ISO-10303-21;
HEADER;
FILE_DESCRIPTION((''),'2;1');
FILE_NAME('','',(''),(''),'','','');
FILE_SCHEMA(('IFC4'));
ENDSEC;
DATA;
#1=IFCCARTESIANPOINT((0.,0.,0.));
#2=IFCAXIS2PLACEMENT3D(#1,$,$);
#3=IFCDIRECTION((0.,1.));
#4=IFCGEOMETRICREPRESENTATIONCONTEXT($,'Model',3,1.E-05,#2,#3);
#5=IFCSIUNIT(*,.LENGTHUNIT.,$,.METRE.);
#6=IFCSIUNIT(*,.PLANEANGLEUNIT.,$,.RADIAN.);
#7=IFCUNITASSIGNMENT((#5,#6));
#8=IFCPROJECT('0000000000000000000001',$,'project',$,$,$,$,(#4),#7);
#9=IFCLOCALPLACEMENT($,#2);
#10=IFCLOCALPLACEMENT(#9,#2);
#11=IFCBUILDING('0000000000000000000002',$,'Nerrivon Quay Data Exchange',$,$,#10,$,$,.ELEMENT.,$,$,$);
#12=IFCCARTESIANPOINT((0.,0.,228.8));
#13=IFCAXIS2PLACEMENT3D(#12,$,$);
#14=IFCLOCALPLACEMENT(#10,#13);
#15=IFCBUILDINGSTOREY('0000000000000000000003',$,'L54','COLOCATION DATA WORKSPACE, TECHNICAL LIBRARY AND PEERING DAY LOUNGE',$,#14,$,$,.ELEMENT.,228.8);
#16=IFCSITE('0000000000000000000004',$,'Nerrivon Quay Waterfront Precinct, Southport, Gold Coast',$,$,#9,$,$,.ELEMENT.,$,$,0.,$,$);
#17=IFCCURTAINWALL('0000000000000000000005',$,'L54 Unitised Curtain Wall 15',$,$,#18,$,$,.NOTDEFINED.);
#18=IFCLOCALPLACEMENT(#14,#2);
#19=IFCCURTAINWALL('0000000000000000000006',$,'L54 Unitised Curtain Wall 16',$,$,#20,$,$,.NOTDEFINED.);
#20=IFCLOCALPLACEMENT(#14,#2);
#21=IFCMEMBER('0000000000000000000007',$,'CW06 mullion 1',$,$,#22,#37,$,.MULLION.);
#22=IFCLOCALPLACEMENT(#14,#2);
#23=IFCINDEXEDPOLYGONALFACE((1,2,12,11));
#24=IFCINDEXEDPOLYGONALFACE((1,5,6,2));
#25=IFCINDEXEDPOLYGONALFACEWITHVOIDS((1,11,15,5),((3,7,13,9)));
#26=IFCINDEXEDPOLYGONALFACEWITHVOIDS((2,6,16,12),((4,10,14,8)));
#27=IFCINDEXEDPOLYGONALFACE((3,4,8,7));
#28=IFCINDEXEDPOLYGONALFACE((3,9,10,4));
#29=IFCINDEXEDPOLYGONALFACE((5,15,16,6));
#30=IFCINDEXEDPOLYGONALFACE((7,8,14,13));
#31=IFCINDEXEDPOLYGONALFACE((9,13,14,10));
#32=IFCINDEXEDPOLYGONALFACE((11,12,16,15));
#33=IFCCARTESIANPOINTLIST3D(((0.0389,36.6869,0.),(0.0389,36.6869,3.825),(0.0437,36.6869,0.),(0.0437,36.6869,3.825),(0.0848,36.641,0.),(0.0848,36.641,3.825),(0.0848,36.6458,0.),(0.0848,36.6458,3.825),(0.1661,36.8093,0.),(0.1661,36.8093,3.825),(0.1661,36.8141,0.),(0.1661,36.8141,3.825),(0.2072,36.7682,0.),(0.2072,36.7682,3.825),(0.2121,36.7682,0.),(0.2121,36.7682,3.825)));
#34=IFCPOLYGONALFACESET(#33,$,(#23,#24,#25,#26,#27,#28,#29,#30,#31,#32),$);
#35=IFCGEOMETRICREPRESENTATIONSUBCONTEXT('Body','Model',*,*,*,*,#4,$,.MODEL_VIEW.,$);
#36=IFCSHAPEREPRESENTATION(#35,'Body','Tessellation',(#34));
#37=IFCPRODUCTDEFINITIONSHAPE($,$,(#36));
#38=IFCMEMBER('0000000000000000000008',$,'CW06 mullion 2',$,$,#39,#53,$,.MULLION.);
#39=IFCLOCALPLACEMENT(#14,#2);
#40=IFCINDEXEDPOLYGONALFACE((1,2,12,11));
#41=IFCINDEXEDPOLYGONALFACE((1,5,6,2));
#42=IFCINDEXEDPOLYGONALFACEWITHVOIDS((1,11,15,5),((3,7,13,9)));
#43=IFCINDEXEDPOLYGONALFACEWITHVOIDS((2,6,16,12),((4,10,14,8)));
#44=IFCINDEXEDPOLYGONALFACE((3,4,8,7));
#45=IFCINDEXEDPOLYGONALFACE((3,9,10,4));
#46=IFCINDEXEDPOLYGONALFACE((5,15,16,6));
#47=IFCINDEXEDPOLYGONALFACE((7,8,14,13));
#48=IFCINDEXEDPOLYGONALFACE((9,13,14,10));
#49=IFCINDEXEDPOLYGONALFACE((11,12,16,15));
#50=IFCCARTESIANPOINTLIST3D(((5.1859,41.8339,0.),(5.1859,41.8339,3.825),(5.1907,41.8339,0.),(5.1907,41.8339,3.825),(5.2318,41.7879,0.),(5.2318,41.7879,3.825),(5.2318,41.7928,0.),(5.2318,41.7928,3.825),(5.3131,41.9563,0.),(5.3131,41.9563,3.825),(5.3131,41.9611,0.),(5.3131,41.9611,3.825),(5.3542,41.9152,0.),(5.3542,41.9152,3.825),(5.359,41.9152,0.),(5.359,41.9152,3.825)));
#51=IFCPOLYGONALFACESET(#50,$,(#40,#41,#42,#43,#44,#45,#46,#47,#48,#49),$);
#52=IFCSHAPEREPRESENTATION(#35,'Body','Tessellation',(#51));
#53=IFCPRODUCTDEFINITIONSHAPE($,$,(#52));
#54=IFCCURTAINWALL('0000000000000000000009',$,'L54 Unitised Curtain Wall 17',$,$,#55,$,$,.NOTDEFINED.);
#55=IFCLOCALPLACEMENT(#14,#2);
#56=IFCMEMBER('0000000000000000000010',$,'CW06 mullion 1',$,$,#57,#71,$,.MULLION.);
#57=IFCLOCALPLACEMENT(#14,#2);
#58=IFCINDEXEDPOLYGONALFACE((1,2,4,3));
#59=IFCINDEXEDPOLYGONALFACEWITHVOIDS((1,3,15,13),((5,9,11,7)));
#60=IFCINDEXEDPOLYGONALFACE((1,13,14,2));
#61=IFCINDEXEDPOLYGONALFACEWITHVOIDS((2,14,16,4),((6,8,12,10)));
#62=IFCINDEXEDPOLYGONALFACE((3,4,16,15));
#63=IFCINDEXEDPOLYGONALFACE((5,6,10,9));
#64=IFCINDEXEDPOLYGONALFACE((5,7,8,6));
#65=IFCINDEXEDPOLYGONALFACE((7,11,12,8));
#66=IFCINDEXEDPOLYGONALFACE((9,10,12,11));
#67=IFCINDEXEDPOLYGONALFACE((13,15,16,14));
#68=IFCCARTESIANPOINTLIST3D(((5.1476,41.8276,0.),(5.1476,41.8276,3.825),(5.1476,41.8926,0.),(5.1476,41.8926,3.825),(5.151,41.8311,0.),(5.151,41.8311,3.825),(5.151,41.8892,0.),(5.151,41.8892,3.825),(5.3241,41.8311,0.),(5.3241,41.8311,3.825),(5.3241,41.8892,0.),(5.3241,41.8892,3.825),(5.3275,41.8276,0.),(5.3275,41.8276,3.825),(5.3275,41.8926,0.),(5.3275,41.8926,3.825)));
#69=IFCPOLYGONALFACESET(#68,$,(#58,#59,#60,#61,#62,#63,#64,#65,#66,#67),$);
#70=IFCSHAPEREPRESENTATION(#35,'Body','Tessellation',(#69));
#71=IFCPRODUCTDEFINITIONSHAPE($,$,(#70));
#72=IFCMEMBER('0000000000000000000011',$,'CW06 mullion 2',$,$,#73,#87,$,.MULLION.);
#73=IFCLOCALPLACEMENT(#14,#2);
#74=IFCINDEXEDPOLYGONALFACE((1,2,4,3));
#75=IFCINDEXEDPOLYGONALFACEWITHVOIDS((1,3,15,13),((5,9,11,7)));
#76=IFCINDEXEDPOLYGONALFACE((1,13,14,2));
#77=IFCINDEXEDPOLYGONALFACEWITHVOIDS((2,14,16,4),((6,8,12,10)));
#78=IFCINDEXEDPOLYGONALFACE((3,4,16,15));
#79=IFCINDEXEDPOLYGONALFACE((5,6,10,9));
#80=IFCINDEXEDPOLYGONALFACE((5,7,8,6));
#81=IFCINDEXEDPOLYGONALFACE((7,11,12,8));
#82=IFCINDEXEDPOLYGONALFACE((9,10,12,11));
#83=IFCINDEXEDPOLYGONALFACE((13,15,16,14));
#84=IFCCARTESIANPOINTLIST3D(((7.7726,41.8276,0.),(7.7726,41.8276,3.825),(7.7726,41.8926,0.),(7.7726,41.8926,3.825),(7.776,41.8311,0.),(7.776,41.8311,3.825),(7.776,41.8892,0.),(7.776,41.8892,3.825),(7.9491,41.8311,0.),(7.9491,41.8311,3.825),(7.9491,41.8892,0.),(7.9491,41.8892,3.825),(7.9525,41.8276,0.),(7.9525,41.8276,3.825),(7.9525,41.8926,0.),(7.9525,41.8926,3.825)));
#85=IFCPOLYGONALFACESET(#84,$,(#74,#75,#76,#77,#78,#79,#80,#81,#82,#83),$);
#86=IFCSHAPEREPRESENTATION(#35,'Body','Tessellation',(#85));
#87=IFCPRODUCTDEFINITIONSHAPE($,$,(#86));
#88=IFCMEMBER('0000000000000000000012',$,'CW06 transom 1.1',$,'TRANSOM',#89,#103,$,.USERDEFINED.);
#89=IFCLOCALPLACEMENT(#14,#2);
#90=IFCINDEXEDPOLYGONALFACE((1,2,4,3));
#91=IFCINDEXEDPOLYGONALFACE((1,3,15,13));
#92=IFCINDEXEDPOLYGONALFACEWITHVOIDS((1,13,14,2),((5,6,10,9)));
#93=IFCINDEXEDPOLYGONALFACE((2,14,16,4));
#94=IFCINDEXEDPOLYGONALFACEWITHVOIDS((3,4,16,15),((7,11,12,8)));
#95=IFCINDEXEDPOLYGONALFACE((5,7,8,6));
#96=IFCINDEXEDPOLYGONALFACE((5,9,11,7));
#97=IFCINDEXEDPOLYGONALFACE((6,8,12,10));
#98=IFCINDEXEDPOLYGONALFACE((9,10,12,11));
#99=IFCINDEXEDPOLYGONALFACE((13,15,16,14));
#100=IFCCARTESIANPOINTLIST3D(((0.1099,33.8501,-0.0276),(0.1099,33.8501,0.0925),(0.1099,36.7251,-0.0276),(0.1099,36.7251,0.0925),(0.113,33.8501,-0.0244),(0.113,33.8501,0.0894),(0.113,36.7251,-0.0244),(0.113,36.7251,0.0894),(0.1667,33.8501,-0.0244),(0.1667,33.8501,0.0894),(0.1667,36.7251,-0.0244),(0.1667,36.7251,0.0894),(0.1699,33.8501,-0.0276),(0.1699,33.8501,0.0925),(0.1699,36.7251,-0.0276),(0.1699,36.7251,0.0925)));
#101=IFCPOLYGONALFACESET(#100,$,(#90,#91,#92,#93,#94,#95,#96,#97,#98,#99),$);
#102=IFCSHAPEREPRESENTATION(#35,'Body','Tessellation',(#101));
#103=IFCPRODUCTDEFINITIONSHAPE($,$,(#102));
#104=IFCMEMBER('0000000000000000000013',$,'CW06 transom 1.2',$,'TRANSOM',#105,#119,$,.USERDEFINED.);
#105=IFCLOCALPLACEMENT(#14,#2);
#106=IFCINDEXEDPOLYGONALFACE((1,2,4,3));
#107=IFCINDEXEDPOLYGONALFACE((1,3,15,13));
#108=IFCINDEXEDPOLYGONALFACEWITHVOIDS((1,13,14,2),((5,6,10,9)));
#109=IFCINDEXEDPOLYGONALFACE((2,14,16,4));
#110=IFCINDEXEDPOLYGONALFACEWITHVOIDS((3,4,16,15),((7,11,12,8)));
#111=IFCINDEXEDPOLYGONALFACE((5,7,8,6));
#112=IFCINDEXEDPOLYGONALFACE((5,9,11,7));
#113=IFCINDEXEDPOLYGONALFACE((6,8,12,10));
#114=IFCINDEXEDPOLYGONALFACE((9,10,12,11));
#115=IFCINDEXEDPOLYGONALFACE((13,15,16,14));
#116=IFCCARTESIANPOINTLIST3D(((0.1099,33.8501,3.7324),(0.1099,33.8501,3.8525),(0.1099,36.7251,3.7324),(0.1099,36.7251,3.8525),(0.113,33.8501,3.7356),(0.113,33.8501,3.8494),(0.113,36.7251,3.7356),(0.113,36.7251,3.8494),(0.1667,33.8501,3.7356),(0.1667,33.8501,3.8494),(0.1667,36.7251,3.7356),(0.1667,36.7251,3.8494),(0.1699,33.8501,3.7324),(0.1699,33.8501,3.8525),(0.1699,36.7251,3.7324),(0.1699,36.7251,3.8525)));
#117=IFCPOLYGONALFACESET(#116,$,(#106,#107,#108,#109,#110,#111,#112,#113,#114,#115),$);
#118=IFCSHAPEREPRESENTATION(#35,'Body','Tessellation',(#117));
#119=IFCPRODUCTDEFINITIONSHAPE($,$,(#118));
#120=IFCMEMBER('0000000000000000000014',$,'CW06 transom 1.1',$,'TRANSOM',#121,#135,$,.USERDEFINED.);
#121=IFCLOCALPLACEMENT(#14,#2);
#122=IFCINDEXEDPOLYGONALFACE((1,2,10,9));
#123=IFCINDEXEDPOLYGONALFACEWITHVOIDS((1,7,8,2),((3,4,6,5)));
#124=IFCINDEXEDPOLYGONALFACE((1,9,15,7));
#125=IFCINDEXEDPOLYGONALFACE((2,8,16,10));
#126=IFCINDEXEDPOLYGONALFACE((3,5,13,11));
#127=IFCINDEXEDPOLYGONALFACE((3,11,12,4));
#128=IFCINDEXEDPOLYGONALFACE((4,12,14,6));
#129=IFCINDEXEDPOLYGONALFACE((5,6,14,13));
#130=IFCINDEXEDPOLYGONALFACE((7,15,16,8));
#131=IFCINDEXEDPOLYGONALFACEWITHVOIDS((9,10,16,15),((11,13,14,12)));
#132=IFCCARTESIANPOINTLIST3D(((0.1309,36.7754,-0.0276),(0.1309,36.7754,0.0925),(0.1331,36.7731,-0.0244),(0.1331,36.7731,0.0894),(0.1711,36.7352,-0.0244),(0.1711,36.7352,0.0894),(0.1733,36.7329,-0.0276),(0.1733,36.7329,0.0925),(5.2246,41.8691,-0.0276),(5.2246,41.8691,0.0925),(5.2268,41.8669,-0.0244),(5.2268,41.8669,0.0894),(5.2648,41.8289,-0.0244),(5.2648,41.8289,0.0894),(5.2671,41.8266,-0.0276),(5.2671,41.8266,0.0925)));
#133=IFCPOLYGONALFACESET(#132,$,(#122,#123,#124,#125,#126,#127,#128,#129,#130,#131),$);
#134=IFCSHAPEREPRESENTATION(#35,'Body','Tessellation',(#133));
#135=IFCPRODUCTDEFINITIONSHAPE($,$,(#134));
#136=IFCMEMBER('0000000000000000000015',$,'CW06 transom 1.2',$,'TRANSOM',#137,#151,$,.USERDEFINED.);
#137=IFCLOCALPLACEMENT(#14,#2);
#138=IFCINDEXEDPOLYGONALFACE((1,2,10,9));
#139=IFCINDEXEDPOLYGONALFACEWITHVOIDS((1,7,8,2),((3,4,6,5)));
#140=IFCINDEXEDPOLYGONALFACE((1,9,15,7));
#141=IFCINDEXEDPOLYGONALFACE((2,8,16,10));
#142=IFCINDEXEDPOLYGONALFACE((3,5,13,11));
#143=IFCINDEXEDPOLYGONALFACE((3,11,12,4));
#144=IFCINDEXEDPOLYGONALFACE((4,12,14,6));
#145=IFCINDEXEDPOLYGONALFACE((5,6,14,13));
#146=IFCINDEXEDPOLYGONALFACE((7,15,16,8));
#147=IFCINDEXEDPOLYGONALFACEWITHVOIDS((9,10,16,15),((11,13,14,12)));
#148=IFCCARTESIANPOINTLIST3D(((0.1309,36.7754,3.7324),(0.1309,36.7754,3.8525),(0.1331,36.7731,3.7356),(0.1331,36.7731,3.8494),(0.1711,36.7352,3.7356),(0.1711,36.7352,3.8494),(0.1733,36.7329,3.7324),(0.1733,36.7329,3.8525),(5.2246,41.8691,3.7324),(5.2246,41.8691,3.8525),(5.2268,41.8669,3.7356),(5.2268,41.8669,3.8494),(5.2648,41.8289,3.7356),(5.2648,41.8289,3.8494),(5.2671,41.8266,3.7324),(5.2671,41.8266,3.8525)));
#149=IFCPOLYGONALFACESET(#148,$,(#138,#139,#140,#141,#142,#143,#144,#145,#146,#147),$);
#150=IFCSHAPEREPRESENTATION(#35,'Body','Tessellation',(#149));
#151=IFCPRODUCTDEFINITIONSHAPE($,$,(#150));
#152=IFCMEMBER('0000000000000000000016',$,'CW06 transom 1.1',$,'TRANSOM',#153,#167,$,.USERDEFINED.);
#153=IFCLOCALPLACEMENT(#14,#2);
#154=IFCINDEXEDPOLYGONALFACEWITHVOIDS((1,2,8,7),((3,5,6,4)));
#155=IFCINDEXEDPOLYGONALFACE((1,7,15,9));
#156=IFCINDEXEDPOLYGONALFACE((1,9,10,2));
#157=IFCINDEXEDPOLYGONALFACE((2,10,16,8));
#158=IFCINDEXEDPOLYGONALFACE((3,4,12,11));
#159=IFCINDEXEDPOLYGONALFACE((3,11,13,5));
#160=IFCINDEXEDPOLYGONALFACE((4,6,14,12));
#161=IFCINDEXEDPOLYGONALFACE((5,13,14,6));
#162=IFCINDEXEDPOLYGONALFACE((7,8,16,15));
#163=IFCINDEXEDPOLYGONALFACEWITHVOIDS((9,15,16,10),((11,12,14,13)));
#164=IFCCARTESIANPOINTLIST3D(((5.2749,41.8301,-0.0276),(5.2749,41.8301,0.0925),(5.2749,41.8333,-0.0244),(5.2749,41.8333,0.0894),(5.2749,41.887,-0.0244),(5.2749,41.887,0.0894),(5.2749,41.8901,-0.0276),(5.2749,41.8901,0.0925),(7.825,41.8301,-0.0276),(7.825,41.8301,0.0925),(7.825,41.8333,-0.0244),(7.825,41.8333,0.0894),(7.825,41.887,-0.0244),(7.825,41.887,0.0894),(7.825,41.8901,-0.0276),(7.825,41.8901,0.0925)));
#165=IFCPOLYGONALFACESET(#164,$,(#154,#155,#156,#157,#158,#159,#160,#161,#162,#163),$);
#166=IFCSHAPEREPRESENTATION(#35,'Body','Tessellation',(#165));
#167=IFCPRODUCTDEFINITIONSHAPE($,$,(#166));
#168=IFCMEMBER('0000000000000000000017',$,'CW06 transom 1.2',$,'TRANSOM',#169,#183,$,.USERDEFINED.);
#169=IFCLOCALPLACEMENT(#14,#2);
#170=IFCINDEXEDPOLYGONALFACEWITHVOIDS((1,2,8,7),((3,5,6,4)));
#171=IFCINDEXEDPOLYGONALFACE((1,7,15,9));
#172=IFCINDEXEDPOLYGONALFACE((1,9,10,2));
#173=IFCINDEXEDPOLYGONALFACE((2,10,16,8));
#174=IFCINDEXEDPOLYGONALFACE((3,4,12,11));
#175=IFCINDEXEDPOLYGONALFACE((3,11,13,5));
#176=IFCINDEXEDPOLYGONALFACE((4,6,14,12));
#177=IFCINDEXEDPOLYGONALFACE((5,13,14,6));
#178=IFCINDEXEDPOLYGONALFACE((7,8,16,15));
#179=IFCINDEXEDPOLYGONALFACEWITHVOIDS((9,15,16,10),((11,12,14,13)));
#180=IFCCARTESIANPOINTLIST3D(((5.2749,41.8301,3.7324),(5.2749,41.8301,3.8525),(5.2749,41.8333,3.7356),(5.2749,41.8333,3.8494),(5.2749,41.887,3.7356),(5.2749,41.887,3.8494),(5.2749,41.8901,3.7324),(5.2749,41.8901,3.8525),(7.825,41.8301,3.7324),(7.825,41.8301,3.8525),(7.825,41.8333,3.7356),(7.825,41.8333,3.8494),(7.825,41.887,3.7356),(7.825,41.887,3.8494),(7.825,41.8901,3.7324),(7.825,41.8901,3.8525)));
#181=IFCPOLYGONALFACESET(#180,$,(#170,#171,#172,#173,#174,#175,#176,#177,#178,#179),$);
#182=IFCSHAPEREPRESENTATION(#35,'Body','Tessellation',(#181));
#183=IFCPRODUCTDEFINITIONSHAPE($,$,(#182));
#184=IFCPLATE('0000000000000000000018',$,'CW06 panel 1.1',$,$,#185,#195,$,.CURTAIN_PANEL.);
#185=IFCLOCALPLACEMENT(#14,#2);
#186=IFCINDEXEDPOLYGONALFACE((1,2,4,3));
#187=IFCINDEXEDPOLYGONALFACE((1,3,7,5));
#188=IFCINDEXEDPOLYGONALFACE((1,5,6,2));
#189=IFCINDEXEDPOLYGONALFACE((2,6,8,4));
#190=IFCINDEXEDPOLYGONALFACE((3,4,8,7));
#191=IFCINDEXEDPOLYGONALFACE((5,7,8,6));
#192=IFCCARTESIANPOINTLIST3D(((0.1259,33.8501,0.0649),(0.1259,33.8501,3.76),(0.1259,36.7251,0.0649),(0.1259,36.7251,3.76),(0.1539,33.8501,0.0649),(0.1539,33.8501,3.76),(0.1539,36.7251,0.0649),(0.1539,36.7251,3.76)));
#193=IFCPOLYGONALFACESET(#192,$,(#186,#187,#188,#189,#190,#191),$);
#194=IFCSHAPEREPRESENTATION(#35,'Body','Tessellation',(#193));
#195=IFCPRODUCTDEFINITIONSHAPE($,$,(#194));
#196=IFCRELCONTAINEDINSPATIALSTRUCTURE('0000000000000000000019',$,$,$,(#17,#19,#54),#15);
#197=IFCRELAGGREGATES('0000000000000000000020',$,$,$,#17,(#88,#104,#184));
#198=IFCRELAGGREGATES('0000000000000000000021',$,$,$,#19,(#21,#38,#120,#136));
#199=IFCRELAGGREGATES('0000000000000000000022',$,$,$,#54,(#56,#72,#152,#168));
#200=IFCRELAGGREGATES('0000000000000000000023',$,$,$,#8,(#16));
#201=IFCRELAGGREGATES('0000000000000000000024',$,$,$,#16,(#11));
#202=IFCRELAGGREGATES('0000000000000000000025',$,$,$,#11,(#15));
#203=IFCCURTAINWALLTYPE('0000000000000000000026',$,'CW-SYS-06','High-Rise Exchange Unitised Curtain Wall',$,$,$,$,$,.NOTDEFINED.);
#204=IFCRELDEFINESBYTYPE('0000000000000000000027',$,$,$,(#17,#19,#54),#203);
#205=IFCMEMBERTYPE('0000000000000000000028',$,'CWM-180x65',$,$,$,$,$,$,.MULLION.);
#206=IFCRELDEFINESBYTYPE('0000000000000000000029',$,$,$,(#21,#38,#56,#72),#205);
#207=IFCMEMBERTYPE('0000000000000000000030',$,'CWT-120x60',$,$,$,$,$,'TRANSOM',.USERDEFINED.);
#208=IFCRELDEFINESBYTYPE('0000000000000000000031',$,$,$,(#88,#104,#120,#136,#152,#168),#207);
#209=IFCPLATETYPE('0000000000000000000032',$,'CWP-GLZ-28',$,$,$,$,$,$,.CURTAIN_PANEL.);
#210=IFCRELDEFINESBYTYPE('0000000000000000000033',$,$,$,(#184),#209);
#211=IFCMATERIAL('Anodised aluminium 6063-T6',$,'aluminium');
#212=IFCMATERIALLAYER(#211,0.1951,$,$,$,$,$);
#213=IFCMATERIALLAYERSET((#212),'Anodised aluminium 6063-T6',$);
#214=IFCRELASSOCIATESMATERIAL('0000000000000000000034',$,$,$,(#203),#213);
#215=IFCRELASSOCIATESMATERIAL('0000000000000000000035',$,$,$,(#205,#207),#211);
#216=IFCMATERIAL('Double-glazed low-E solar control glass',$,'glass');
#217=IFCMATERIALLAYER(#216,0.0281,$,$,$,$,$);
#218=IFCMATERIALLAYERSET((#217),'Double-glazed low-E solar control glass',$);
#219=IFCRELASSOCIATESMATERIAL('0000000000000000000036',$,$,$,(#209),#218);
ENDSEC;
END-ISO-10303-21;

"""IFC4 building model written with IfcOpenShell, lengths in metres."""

from ifc_helpers import new_model, si_unit, direction, frame, origin, origin_2d, place, context, subcontext, project, spatial, rectangle, hollow_rectangle, extrude, material, layer, layer_set, material_profile, profile_set, type_object, element, aggregate, save


model = new_model("IFC4")

# Units and contexts
model_context = context("Model", 3, precision=1e-05, world=origin(), true_north=direction((0.0, 1.0)))
body_context = subcontext(model_context, "Body", "Model", "MODEL_VIEW")
ifc_project = project(units=[si_unit("LENGTHUNIT", "METRE"), si_unit("PLANEANGLEUNIT", "RADIAN")], contexts=[model_context])

# Site, building, storey
site_placement = place(None, origin())
site = spatial("IfcSite", under=ifc_project, at=site_placement, Name="Nerrivon Quay Waterfront Precinct, Southport, Gold Coast", CompositionType="ELEMENT", RefElevation=0.0)
building_placement = place(site_placement, origin())
building = spatial("IfcBuilding", under=site, at=building_placement, Name="Nerrivon Quay Data Exchange", CompositionType="ELEMENT")
storey_placement = place(building_placement, frame((0.0, 0.0, 228.8)))
storey = spatial("IfcBuildingStorey", under=building, at=storey_placement, Name="L54", Description="COLOCATION DATA WORKSPACE, TECHNICAL LIBRARY AND PEERING DAY LOUNGE", CompositionType="ELEMENT", Elevation=228.8)

# Shared definitions
ifc_material_1 = material(Name="Anodised aluminium 6063-T6", Category="aluminium")
ifc_layer_1 = layer(ifc_material_1, 0.1951)
ifc_layer_set_1 = layer_set([ifc_layer_1], Name="Anodised aluminium 6063-T6")
curtain_wall_type = type_object("IfcCurtainWallType", Name="CW-SYS-06", Description="High-Rise Exchange Unitised Curtain Wall", PredefinedType="NOTDEFINED", material=ifc_layer_set_1)
ifc_material_profile_1 = material_profile(ifc_material_1, hollow_rectangle(XDim=0.0649, YDim=0.1799, WallThickness=0.0034, at=origin_2d()), Name="ALU-MULL-180x65")
ifc_profile_set_1 = profile_set([ifc_material_profile_1], Name="Anodised aluminium 6063-T6")
member_type_1 = type_object("IfcMemberType", Name="CWM-180x65", PredefinedType="MULLION", material=ifc_profile_set_1)

# Curtain walls, members
curtain_wall_1_placement = place(storey_placement, origin())
curtain_wall_1 = element("IfcCurtainWall", 1, at=curtain_wall_1_placement, inside=storey, type_object=curtain_wall_type, Name="L54 Unitised Curtain Wall 15", PredefinedType="NOTDEFINED")
curtain_wall_2_placement = place(storey_placement, origin())
curtain_wall_2 = element("IfcCurtainWall", 2, at=curtain_wall_2_placement, inside=storey, type_object=curtain_wall_type, Name="L54 Unitised Curtain Wall 16", PredefinedType="NOTDEFINED")
member_1_placement = place(storey_placement, frame((0.1255, 36.7275, 0.0), z_axis=(0.0, 0.0, 1.0), x_axis=(-0.707107, 0.707107, 0.0)))
member_1 = element("IfcMember", 3, at=member_1_placement, type_object=member_type_1, Name="CW06 mullion 1", PredefinedType="MULLION", context=body_context, shape_type="SweptSolid", body=[
    extrude(hollow_rectangle(XDim=0.0649, YDim=0.1799, WallThickness=0.0034, at=origin_2d()), origin(), (0.0, 0.0, 1.0), 3.825),
])
member_2_placement = place(storey_placement, frame((5.2725, 41.8745, 0.0), z_axis=(0.0, 0.0, 1.0), x_axis=(-0.707107, 0.707107, 0.0)))
member_2 = element("IfcMember", 4, at=member_2_placement, type_object=member_type_1, Name="CW06 mullion 2", PredefinedType="MULLION", context=body_context, shape_type="SweptSolid", body=[
    extrude(hollow_rectangle(XDim=0.0649, YDim=0.1799, WallThickness=0.0034, at=origin_2d()), origin(), (0.0, 0.0, 1.0), 3.825),
])
curtain_wall_3_placement = place(storey_placement, origin())
curtain_wall_3 = element("IfcCurtainWall", 5, at=curtain_wall_3_placement, inside=storey, type_object=curtain_wall_type, Name="L54 Unitised Curtain Wall 17", PredefinedType="NOTDEFINED")
member_3_placement = place(storey_placement, frame((5.2375, 41.8601, 0.0), z_axis=(0.0, 0.0, 1.0), x_axis=(0.0, 1.0, 0.0)))
member_3 = element("IfcMember", 6, at=member_3_placement, type_object=member_type_1, Name="CW06 mullion 1", PredefinedType="MULLION", context=body_context, shape_type="SweptSolid", body=[
    extrude(hollow_rectangle(XDim=0.0649, YDim=0.1799, WallThickness=0.0034, at=origin_2d()), origin(), (0.0, 0.0, 1.0), 3.825),
])
member_4_placement = place(storey_placement, frame((7.8625, 41.8601, 0.0), z_axis=(0.0, 0.0, 1.0), x_axis=(0.0, 1.0, 0.0)))
member_4 = element("IfcMember", 7, at=member_4_placement, type_object=member_type_1, Name="CW06 mullion 2", PredefinedType="MULLION", context=body_context, shape_type="SweptSolid", body=[
    extrude(hollow_rectangle(XDim=0.0649, YDim=0.1799, WallThickness=0.0034, at=origin_2d()), origin(), (0.0, 0.0, 1.0), 3.825),
])

# Members
ifc_material_profile_2 = material_profile(ifc_material_1, hollow_rectangle(XDim=0.0601, YDim=0.1201, WallThickness=0.0032, at=origin_2d()), Name="ALU-TRAN-120x60")
ifc_profile_set_2 = profile_set([ifc_material_profile_2], Name="Anodised aluminium 6063-T6")
member_type_2 = type_object("IfcMemberType", Name="CWT-120x60", ElementType="TRANSOM", PredefinedType="USERDEFINED", material=ifc_profile_set_2)
member_5_placement = place(storey_placement, frame((0.1399, 33.8501, 0.0325), z_axis=(0.0, 1.0, 0.0), x_axis=(-1.0, 0.0, 0.0)))
member_5 = element("IfcMember", 8, at=member_5_placement, type_object=member_type_2, Name="CW06 transom 1.1", ObjectType="TRANSOM", PredefinedType="USERDEFINED", context=body_context, shape_type="SweptSolid", body=[
    extrude(hollow_rectangle(XDim=0.0601, YDim=0.1201, WallThickness=0.0032, at=origin_2d()), origin(), (0.0, 0.0, 1.0), 2.875),
])
member_6_placement = place(storey_placement, frame((0.1399, 33.8501, 3.7925), z_axis=(0.0, 1.0, 0.0), x_axis=(-1.0, 0.0, 0.0)))
member_6 = element("IfcMember", 9, at=member_6_placement, type_object=member_type_2, Name="CW06 transom 1.2", ObjectType="TRANSOM", PredefinedType="USERDEFINED", context=body_context, shape_type="SweptSolid", body=[
    extrude(hollow_rectangle(XDim=0.0601, YDim=0.1201, WallThickness=0.0032, at=origin_2d()), origin(), (0.0, 0.0, 1.0), 2.875),
])
member_7_placement = place(storey_placement, frame((0.1521, 36.7542, 0.0325), z_axis=(0.707107, 0.707107, 0.0), x_axis=(-0.707107, 0.707107, 0.0)))
member_7 = element("IfcMember", 10, at=member_7_placement, type_object=member_type_2, Name="CW06 transom 1.1", ObjectType="TRANSOM", PredefinedType="USERDEFINED", context=body_context, shape_type="SweptSolid", body=[
    extrude(hollow_rectangle(XDim=0.0601, YDim=0.1201, WallThickness=0.0032, at=origin_2d()), origin(), (0.0, 0.0, 1.0), 7.2036),
])
member_8_placement = place(storey_placement, frame((0.1521, 36.7542, 3.7925), z_axis=(0.707107, 0.707107, 0.0), x_axis=(-0.707107, 0.707107, 0.0)))
member_8 = element("IfcMember", 11, at=member_8_placement, type_object=member_type_2, Name="CW06 transom 1.2", ObjectType="TRANSOM", PredefinedType="USERDEFINED", context=body_context, shape_type="SweptSolid", body=[
    extrude(hollow_rectangle(XDim=0.0601, YDim=0.1201, WallThickness=0.0032, at=origin_2d()), origin(), (0.0, 0.0, 1.0), 7.2036),
])
member_9_placement = place(storey_placement, frame((5.2749, 41.8601, 0.0325), z_axis=(1.0, 0.0, 0.0), x_axis=(0.0, 1.0, 0.0)))
member_9 = element("IfcMember", 12, at=member_9_placement, type_object=member_type_2, Name="CW06 transom 1.1", ObjectType="TRANSOM", PredefinedType="USERDEFINED", context=body_context, shape_type="SweptSolid", body=[
    extrude(hollow_rectangle(XDim=0.0601, YDim=0.1201, WallThickness=0.0032, at=origin_2d()), origin(), (0.0, 0.0, 1.0), 2.55),
])
member_10_placement = place(storey_placement, frame((5.2749, 41.8601, 3.7925), z_axis=(1.0, 0.0, 0.0), x_axis=(0.0, 1.0, 0.0)))
member_10 = element("IfcMember", 13, at=member_10_placement, type_object=member_type_2, Name="CW06 transom 1.2", ObjectType="TRANSOM", PredefinedType="USERDEFINED", context=body_context, shape_type="SweptSolid", body=[
    extrude(hollow_rectangle(XDim=0.0601, YDim=0.1201, WallThickness=0.0032, at=origin_2d()), origin(), (0.0, 0.0, 1.0), 2.55),
])

# Plate
ifc_material_2 = material(Name="Double-glazed low-E solar control glass", Category="glass")
ifc_layer_2 = layer(ifc_material_2, 0.0281)
ifc_layer_set_2 = layer_set([ifc_layer_2], Name="Double-glazed low-E solar control glass")
plate_type = type_object("IfcPlateType", Name="CWP-GLZ-28", PredefinedType="CURTAIN_PANEL", material=ifc_layer_set_2)
plate_1_placement = place(storey_placement, frame((0.1399, 35.2876, 0.0649), z_axis=(0.0, 0.0, 1.0), x_axis=(0.0, 1.0, 0.0)))
plate_1 = element("IfcPlate", 14, at=plate_1_placement, type_object=plate_type, Name="CW06 panel 1.1", PredefinedType="CURTAIN_PANEL", context=body_context, shape_type="SweptSolid", body=[
    extrude(rectangle(XDim=2.875, YDim=0.0281, at=origin_2d()), origin(), (0.0, 0.0, 1.0), 3.6951),
])
aggregate(curtain_wall_1, [member_5, member_6, plate_1])
aggregate(curtain_wall_2, [member_1, member_2, member_7, member_8])
aggregate(curtain_wall_3, [member_3, member_4, member_9, member_10])

save(model, "model.ifc")
